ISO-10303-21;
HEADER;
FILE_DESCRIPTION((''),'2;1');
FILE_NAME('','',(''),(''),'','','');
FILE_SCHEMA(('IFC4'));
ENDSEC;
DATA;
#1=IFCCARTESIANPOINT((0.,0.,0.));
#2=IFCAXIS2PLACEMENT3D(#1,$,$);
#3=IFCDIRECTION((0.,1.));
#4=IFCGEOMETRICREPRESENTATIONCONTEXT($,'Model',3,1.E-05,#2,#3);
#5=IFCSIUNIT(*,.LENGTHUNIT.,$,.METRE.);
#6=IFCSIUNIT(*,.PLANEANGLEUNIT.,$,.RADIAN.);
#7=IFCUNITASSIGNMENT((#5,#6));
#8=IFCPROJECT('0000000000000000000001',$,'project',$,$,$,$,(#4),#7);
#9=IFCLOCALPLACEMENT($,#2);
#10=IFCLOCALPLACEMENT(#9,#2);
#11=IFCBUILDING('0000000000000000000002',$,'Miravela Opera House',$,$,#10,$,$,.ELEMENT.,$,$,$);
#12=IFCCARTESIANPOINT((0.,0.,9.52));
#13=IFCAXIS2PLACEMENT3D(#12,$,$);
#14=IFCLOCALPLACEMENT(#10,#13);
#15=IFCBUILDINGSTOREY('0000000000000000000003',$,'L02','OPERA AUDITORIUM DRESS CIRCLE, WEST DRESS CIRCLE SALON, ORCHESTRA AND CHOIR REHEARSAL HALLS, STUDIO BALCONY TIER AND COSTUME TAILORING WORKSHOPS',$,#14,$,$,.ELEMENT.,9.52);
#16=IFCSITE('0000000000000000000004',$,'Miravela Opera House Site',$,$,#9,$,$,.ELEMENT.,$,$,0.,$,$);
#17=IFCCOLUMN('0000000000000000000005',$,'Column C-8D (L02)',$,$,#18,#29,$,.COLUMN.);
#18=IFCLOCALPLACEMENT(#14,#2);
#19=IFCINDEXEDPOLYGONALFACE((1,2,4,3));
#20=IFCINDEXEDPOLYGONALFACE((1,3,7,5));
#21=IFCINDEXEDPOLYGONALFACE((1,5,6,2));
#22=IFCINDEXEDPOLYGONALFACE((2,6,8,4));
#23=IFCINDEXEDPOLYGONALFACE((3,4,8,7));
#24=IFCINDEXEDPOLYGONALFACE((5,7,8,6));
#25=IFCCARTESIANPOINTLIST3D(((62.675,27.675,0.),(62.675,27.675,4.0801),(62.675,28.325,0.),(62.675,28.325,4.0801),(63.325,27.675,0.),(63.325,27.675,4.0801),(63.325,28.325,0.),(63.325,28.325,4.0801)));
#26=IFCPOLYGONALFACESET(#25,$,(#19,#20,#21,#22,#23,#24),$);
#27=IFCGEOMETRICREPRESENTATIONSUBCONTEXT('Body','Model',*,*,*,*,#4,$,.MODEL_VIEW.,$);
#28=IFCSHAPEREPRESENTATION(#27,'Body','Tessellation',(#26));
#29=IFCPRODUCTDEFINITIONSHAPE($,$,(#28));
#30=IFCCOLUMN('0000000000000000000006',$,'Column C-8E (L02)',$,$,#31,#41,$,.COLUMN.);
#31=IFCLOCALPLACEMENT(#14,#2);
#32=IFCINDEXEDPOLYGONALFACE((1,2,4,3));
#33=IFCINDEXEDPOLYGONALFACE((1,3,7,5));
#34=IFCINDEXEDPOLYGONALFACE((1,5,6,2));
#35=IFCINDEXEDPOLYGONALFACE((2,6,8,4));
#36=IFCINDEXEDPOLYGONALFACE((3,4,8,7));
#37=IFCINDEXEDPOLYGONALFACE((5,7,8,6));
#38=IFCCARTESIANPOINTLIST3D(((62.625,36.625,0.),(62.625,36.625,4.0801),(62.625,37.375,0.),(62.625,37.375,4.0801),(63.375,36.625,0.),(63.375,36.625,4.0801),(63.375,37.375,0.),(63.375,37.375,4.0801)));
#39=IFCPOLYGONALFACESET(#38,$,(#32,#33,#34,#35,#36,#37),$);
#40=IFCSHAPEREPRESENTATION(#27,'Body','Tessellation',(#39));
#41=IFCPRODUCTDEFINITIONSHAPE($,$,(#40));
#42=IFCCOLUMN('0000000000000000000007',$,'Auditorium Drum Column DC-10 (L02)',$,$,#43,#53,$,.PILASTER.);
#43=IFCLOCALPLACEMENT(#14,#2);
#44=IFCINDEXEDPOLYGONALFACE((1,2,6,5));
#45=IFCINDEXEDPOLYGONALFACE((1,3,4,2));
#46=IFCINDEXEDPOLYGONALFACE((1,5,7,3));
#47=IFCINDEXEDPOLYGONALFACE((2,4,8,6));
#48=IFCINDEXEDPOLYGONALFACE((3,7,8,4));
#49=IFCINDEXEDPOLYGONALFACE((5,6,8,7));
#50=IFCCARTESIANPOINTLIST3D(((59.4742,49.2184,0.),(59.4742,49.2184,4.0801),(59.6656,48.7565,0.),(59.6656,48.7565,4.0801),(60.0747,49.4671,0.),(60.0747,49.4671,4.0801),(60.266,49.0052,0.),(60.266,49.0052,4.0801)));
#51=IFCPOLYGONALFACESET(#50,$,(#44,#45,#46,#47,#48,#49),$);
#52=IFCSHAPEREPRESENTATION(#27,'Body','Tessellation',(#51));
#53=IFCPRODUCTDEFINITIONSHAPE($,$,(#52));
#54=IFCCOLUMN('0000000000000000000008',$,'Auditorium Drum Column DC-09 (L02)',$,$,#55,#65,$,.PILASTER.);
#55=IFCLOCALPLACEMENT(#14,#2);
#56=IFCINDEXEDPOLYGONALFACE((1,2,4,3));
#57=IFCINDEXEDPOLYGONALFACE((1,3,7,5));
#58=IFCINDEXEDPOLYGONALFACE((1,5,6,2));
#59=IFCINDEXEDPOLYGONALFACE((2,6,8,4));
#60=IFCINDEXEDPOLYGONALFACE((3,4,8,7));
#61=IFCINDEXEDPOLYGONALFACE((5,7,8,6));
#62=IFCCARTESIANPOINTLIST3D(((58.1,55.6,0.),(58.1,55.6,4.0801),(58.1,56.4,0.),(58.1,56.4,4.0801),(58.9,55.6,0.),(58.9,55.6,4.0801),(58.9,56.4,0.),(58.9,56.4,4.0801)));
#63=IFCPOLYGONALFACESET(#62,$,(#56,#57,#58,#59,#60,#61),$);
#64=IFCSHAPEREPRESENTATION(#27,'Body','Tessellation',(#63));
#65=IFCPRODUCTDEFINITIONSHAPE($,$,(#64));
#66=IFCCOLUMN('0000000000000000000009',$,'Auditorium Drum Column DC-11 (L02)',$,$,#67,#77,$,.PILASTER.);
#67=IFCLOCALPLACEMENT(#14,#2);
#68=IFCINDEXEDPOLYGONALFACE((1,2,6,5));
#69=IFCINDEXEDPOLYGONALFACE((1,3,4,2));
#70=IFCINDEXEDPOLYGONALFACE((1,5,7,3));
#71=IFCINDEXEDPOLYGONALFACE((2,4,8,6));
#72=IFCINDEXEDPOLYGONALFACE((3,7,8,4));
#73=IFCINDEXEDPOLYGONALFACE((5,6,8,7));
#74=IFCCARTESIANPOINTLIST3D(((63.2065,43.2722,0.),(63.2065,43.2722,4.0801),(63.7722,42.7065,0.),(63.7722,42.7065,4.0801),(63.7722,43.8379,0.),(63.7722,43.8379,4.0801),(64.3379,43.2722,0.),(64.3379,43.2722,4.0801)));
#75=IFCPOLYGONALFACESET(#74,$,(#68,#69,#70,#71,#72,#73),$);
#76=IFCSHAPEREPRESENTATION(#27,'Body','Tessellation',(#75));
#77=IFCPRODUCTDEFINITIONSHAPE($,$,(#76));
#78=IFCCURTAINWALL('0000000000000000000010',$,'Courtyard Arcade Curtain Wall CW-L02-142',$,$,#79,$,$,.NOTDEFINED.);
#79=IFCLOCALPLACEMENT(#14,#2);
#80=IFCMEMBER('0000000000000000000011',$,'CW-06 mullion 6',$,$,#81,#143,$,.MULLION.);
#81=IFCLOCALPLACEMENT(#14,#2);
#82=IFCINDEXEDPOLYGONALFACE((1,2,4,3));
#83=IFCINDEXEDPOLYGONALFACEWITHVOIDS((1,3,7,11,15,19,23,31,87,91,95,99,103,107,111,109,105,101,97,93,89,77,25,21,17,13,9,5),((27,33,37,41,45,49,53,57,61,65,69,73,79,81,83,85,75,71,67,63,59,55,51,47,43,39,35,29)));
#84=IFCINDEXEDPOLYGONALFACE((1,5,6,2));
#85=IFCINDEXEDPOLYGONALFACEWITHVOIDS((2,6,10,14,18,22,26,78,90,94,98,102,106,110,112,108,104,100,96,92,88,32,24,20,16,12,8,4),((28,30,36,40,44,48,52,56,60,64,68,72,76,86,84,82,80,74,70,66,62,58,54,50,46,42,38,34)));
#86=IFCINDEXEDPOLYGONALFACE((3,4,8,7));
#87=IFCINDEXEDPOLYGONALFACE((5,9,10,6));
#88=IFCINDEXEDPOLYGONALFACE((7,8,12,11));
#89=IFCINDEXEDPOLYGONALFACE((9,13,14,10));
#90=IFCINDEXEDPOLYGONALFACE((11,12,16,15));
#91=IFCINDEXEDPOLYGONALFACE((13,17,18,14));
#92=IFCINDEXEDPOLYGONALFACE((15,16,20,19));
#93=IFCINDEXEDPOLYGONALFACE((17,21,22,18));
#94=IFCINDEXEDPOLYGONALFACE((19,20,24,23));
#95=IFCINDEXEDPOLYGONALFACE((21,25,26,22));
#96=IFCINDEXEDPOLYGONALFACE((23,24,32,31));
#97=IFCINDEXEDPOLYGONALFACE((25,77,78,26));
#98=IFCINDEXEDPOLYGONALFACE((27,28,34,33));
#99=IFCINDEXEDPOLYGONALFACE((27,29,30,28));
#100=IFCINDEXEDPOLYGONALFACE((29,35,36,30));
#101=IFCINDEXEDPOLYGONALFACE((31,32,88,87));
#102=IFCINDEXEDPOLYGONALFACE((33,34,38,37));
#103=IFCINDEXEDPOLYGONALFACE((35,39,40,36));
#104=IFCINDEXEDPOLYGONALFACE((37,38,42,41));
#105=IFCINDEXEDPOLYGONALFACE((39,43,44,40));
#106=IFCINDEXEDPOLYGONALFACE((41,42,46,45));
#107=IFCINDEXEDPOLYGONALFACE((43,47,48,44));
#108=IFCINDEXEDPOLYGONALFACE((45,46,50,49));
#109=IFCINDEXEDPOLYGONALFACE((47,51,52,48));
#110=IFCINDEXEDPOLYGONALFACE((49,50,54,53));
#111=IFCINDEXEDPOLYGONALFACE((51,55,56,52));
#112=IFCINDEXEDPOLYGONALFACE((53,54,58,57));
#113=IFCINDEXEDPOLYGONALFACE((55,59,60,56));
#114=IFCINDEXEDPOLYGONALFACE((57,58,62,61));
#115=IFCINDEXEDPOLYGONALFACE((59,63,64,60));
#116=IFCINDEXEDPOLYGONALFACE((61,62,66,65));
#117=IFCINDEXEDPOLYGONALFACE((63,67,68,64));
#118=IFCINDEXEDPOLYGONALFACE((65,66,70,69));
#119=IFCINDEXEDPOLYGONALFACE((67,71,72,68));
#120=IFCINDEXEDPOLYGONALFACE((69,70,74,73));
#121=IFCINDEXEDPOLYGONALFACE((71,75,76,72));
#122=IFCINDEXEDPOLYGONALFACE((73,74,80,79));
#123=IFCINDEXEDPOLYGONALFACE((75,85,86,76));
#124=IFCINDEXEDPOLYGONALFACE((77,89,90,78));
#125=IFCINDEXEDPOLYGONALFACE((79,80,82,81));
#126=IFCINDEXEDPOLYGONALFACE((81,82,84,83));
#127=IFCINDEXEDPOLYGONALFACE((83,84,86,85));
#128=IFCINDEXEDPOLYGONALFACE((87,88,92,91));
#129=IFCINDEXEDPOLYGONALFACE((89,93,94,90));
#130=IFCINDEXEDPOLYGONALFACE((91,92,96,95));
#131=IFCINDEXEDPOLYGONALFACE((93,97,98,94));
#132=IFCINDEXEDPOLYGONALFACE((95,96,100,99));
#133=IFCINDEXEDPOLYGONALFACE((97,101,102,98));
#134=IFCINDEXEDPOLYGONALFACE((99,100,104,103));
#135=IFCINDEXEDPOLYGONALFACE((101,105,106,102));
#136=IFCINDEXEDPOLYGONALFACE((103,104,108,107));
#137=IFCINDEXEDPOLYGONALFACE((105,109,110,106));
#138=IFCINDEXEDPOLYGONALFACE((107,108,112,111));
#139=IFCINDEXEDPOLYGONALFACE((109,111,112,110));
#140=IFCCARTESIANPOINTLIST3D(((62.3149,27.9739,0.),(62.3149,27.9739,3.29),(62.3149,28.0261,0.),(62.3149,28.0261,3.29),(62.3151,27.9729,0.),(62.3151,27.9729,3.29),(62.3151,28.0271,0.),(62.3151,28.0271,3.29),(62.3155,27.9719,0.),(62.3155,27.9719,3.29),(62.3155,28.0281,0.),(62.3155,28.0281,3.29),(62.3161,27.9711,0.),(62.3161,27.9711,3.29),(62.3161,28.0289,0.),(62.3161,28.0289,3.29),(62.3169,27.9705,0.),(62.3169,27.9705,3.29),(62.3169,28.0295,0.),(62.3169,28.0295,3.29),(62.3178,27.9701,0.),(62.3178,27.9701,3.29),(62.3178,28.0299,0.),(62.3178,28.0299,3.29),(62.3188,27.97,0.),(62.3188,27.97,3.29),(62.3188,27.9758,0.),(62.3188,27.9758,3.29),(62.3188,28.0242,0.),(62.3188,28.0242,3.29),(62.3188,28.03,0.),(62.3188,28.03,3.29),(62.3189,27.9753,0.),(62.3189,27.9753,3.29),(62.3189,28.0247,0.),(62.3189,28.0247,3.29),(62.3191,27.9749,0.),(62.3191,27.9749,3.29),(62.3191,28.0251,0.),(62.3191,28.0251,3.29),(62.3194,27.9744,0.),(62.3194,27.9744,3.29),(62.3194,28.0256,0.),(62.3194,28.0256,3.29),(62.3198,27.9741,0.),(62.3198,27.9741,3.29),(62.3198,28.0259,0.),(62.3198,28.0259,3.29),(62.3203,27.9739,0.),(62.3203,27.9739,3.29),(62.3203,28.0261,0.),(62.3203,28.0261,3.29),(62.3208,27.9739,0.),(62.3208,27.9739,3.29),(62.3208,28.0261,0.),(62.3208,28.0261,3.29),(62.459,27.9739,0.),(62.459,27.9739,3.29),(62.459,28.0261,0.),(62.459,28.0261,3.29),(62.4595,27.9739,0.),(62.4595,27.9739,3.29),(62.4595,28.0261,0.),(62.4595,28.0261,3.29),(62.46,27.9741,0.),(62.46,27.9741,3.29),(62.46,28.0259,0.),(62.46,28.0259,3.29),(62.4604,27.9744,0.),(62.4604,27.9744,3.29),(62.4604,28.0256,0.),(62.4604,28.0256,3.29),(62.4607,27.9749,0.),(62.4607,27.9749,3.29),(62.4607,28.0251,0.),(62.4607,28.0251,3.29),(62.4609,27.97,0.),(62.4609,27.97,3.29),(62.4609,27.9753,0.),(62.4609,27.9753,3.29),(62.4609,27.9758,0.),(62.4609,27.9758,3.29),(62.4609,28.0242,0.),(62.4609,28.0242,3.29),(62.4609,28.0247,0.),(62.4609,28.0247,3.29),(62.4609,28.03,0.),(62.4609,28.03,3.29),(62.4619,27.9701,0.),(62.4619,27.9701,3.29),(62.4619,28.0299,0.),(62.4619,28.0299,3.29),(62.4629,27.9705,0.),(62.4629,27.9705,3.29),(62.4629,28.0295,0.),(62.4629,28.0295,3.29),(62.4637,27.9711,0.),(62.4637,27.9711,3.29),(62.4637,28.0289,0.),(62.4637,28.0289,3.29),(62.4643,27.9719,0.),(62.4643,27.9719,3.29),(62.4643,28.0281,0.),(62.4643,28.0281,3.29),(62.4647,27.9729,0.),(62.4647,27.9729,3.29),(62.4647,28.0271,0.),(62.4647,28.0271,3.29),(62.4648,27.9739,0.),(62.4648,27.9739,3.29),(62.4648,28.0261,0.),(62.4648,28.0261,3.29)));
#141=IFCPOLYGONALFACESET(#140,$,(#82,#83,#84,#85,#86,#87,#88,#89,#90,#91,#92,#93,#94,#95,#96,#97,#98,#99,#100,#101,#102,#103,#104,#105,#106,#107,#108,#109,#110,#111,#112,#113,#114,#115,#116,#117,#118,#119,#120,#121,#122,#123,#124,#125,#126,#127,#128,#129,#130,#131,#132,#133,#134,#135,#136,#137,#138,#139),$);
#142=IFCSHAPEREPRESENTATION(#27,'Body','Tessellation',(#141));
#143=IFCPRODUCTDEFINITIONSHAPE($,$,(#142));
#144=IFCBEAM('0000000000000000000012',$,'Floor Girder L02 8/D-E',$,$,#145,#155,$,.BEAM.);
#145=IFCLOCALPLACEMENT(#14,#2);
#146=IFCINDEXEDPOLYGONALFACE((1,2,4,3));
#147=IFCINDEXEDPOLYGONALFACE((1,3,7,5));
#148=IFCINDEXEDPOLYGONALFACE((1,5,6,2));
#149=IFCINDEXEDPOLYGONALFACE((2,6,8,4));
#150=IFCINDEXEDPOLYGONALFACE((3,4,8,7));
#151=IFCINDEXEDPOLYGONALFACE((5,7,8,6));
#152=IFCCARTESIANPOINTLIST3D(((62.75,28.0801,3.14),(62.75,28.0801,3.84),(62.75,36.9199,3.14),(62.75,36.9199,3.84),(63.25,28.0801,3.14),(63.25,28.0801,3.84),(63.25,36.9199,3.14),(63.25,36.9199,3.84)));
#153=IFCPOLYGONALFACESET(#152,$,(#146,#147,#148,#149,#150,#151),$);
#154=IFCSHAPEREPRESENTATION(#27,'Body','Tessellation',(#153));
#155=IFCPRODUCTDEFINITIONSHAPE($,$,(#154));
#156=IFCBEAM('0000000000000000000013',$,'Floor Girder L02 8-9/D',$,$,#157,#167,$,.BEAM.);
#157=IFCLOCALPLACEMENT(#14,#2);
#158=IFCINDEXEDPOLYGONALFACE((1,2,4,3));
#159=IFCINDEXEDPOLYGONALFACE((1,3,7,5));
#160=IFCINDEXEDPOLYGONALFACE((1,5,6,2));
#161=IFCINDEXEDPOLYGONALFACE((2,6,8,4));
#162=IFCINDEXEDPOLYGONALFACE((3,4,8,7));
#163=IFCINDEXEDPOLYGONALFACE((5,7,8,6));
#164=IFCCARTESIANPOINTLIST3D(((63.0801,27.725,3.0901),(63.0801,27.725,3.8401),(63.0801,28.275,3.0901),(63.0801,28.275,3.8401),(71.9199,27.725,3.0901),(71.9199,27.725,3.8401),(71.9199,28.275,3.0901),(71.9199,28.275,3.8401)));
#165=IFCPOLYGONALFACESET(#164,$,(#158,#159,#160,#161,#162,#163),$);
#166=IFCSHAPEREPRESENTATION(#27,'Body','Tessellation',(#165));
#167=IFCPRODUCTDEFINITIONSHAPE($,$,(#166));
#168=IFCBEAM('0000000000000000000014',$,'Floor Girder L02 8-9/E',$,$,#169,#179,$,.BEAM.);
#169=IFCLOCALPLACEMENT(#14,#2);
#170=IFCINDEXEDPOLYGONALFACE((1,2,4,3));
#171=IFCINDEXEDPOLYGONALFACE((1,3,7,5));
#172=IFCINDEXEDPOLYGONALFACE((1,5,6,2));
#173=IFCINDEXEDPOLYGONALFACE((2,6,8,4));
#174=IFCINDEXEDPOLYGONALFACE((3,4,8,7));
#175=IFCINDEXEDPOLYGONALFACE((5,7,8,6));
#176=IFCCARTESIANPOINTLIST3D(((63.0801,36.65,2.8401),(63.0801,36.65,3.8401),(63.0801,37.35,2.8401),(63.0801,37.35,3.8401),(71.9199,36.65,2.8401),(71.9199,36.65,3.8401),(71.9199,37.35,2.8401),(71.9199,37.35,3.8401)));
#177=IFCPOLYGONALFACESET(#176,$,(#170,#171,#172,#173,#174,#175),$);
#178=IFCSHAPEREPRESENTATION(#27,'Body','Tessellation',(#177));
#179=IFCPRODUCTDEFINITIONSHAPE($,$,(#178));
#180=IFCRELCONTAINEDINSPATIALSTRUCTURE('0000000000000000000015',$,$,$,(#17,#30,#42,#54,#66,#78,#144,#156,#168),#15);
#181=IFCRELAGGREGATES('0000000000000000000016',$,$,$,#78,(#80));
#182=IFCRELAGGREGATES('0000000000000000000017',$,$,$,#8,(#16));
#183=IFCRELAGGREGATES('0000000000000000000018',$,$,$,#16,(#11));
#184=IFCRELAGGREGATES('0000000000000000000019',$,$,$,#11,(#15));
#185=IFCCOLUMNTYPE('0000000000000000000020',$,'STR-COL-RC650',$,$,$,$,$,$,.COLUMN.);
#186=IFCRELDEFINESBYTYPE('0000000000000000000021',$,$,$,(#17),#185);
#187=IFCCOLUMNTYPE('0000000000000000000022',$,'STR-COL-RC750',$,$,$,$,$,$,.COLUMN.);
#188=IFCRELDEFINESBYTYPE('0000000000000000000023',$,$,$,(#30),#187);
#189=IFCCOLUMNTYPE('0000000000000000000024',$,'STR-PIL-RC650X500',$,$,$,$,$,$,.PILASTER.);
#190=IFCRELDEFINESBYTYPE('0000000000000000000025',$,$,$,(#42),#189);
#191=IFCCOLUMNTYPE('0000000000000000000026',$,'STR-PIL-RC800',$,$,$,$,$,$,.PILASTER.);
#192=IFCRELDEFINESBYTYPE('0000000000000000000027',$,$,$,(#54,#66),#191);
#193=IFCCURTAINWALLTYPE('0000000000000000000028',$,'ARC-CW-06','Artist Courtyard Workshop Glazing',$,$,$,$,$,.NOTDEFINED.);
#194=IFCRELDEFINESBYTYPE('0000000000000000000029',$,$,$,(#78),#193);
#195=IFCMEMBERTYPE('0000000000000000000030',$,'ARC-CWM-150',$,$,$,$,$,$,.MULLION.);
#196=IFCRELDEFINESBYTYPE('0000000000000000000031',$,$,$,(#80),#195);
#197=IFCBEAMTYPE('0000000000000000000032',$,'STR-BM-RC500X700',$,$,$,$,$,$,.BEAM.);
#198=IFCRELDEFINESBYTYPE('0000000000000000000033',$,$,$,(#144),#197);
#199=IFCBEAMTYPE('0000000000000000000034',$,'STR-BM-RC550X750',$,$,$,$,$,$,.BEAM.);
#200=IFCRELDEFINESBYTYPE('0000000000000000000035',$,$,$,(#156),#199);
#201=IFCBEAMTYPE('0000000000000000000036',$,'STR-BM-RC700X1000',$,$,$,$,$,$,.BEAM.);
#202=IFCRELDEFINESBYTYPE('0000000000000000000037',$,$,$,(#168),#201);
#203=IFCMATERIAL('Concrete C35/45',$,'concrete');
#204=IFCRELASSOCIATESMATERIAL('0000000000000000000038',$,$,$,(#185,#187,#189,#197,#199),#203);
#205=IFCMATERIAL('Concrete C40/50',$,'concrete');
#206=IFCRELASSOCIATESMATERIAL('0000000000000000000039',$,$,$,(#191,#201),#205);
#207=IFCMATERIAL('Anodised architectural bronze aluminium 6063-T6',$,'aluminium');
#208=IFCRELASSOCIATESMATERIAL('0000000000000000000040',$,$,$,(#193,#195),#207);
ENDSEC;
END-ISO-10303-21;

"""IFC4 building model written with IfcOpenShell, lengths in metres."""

from ifc_helpers import new_model, si_unit, direction, frame, origin, origin_2d, place, context, subcontext, project, spatial, rectangle, hollow_rectangle, extrude, material, material_profile, profile_set, type_object, element, aggregate, save


model = new_model("IFC4")

# Units and contexts
model_context = context("Model", 3, precision=1e-05, world=origin(), true_north=direction((0.0, 1.0)))
body_context = subcontext(model_context, "Body", "Model", "MODEL_VIEW")
ifc_project = project(units=[si_unit("LENGTHUNIT", "METRE"), si_unit("PLANEANGLEUNIT", "RADIAN")], contexts=[model_context])

# Site, building, storey
site_placement = place(None, origin())
site = spatial("IfcSite", under=ifc_project, at=site_placement, Name="Miravela Opera House Site", CompositionType="ELEMENT", RefElevation=0.0)
building_placement = place(site_placement, origin())
building = spatial("IfcBuilding", under=site, at=building_placement, Name="Miravela Opera House", CompositionType="ELEMENT")
storey_placement = place(building_placement, frame((0.0, 0.0, 9.52)))
storey = spatial("IfcBuildingStorey", under=building, at=storey_placement, Name="L02", Description="OPERA AUDITORIUM DRESS CIRCLE, WEST DRESS CIRCLE SALON, ORCHESTRA AND CHOIR REHEARSAL HALLS, STUDIO BALCONY TIER AND COSTUME TAILORING WORKSHOPS", CompositionType="ELEMENT", Elevation=9.52)

# Columns
ifc_material_1 = material(Name="Concrete C35/45", Category="concrete")
ifc_material_profile_1 = material_profile(ifc_material_1, rectangle(XDim=0.6499, YDim=0.6499, at=origin_2d()), Name="RC-COL-650X650")
ifc_profile_set_1 = profile_set([ifc_material_profile_1])
column_type_1 = type_object("IfcColumnType", Name="STR-COL-RC650", PredefinedType="COLUMN", material=ifc_profile_set_1)
column_1_placement = place(storey_placement, frame((63.0, 28.0, 0.0), z_axis=(0.0, 0.0, 1.0), x_axis=(1.0, 0.0, 0.0)))
element("IfcColumn", 1, at=column_1_placement, inside=storey, type_object=column_type_1, Name="Column C-8D (L02)", PredefinedType="COLUMN", context=body_context, shape_type="SweptSolid", body=[
    extrude(rectangle(XDim=0.6499, YDim=0.6499, at=origin_2d()), origin(), (0.0, 0.0, 1.0), 4.0801),
])
ifc_material_profile_2 = material_profile(ifc_material_1, rectangle(XDim=0.75, YDim=0.75, at=origin_2d()), Name="RC-COL-750X750")
ifc_profile_set_2 = profile_set([ifc_material_profile_2])
column_type_2 = type_object("IfcColumnType", Name="STR-COL-RC750", PredefinedType="COLUMN", material=ifc_profile_set_2)
column_2_placement = place(storey_placement, frame((63.0, 37.0, 0.0), z_axis=(0.0, 0.0, 1.0), x_axis=(1.0, 0.0, 0.0)))
element("IfcColumn", 2, at=column_2_placement, inside=storey, type_object=column_type_2, Name="Column C-8E (L02)", PredefinedType="COLUMN", context=body_context, shape_type="SweptSolid", body=[
    extrude(rectangle(XDim=0.75, YDim=0.75, at=origin_2d()), origin(), (0.0, 0.0, 1.0), 4.0801),
])
ifc_material_profile_3 = material_profile(ifc_material_1, rectangle(XDim=0.6499, YDim=0.5, at=origin_2d()), Name="RC-PIL-650X500")
ifc_profile_set_3 = profile_set([ifc_material_profile_3])
column_type_3 = type_object("IfcColumnType", Name="STR-PIL-RC650X500", PredefinedType="PILASTER", material=ifc_profile_set_3)
column_3_placement = place(storey_placement, frame((59.8701, 49.1118, 0.0), z_axis=(0.0, 0.0, 1.0), x_axis=(-0.92388, -0.382683, 0.0)))
element("IfcColumn", 3, at=column_3_placement, inside=storey, type_object=column_type_3, Name="Auditorium Drum Column DC-10 (L02)", PredefinedType="PILASTER", context=body_context, shape_type="SweptSolid", body=[
    extrude(rectangle(XDim=0.6499, YDim=0.5, at=origin_2d()), origin(), (0.0, 0.0, 1.0), 4.0801),
])
ifc_material_2 = material(Name="Concrete C40/50", Category="concrete")
ifc_material_profile_4 = material_profile(ifc_material_2, rectangle(XDim=0.8, YDim=0.8, at=origin_2d()), Name="RC-COL-800X800")
ifc_profile_set_4 = profile_set([ifc_material_profile_4])
column_type_4 = type_object("IfcColumnType", Name="STR-PIL-RC800", PredefinedType="PILASTER", material=ifc_profile_set_4)
for number, where, z_axis, x_axis, name in (
    (4, (58.5, 56.0, 0.0), (0.0, 0.0, 1.0), (-1.0, 0.0, 0.0), "Auditorium Drum Column DC-09 (L02)"),
    (5, (63.7722, 43.2722, 0.0), (0.0, 0.0, 1.0), (-0.707107, -0.707107, 0.0), "Auditorium Drum Column DC-11 (L02)"),
):
    element("IfcColumn", number, at=place(storey_placement, frame(where, z_axis=z_axis, x_axis=x_axis)), inside=storey, type_object=column_type_4, Name=name, PredefinedType="PILASTER", context=body_context, shape_type="SweptSolid", body=[
        extrude(rectangle(XDim=0.8, YDim=0.8, at=origin_2d()), origin(), (0.0, 0.0, 1.0), 4.0801),
    ])

# Curtain wall, member
ifc_material_3 = material(Name="Anodised architectural bronze aluminium 6063-T6", Category="aluminium")
curtain_wall_type = type_object("IfcCurtainWallType", Name="ARC-CW-06", Description="Artist Courtyard Workshop Glazing", PredefinedType="NOTDEFINED", material=ifc_material_3)
curtain_wall_placement = place(storey_placement, origin())
curtain_wall = element("IfcCurtainWall", 6, at=curtain_wall_placement, inside=storey, type_object=curtain_wall_type, Name="Courtyard Arcade Curtain Wall CW-L02-142", PredefinedType="NOTDEFINED")
ifc_material_profile_5 = material_profile(ifc_material_3, hollow_rectangle(XDim=0.0601, YDim=0.1499, WallThickness=0.0039, InnerFilletRadius=0.002, OuterFilletRadius=0.0039, at=origin_2d()), Name="CWM-60X150")
ifc_profile_set_5 = profile_set([ifc_material_profile_5])
member_type = type_object("IfcMemberType", Name="ARC-CWM-150", PredefinedType="MULLION", material=ifc_profile_set_5)
member_placement = place(storey_placement, frame((62.3899, 28.0, 0.0), z_axis=(0.0, 0.0, 1.0), x_axis=(0.0, 1.0, 0.0)))
member = element("IfcMember", 7, at=member_placement, type_object=member_type, Name="CW-06 mullion 6", PredefinedType="MULLION", context=body_context, shape_type="SweptSolid", body=[
    extrude(hollow_rectangle(XDim=0.0601, YDim=0.1499, WallThickness=0.0039, InnerFilletRadius=0.002, OuterFilletRadius=0.0039, at=origin_2d()), origin(), (0.0, 0.0, 1.0), 3.29),
])

# Beams
ifc_material_profile_6 = material_profile(ifc_material_1, rectangle(XDim=0.5, YDim=0.7, at=origin_2d()), Name="RC-BM-500X700")
ifc_profile_set_6 = profile_set([ifc_material_profile_6])
beam_type_1 = type_object("IfcBeamType", Name="STR-BM-RC500X700", PredefinedType="BEAM", material=ifc_profile_set_6)
beam_1_placement = place(storey_placement, frame((63.0, 28.0801, 3.49), z_axis=(0.0, 1.0, 0.0), x_axis=(-1.0, 0.0, 0.0)))
element("IfcBeam", 8, at=beam_1_placement, inside=storey, type_object=beam_type_1, Name="Floor Girder L02 8/D-E", PredefinedType="BEAM", context=body_context, shape_type="SweptSolid", body=[
    extrude(rectangle(XDim=0.5, YDim=0.7, at=origin_2d()), origin(), (0.0, 0.0, 1.0), 8.8398),
])
ifc_material_profile_7 = material_profile(ifc_material_1, rectangle(XDim=0.55, YDim=0.75, at=origin_2d()), Name="RC-BM-550X750")
ifc_profile_set_7 = profile_set([ifc_material_profile_7])
beam_type_2 = type_object("IfcBeamType", Name="STR-BM-RC550X750", PredefinedType="BEAM", material=ifc_profile_set_7)
beam_2_placement = place(storey_placement, frame((63.0801, 28.0, 3.4651), z_axis=(1.0, 0.0, 0.0), x_axis=(0.0, 1.0, 0.0)))
element("IfcBeam", 9, at=beam_2_placement, inside=storey, type_object=beam_type_2, Name="Floor Girder L02 8-9/D", PredefinedType="BEAM", context=body_context, shape_type="SweptSolid", body=[
    extrude(rectangle(XDim=0.55, YDim=0.75, at=origin_2d()), origin(), (0.0, 0.0, 1.0), 8.8398),
])
ifc_material_profile_8 = material_profile(ifc_material_2, rectangle(XDim=0.7, YDim=1.0, at=origin_2d()), Name="RC-BM-700X1000")
ifc_profile_set_8 = profile_set([ifc_material_profile_8])
beam_type_3 = type_object("IfcBeamType", Name="STR-BM-RC700X1000", PredefinedType="BEAM", material=ifc_profile_set_8)
beam_3_placement = place(storey_placement, frame((63.0801, 37.0, 3.3401), z_axis=(1.0, 0.0, 0.0), x_axis=(0.0, 1.0, 0.0)))
element("IfcBeam", 10, at=beam_3_placement, inside=storey, type_object=beam_type_3, Name="Floor Girder L02 8-9/E", PredefinedType="BEAM", context=body_context, shape_type="SweptSolid", body=[
    extrude(rectangle(XDim=0.7, YDim=1.0, at=origin_2d()), origin(), (0.0, 0.0, 1.0), 8.8398),
])

aggregate(curtain_wall, [member])

save(model, "model.ifc")
